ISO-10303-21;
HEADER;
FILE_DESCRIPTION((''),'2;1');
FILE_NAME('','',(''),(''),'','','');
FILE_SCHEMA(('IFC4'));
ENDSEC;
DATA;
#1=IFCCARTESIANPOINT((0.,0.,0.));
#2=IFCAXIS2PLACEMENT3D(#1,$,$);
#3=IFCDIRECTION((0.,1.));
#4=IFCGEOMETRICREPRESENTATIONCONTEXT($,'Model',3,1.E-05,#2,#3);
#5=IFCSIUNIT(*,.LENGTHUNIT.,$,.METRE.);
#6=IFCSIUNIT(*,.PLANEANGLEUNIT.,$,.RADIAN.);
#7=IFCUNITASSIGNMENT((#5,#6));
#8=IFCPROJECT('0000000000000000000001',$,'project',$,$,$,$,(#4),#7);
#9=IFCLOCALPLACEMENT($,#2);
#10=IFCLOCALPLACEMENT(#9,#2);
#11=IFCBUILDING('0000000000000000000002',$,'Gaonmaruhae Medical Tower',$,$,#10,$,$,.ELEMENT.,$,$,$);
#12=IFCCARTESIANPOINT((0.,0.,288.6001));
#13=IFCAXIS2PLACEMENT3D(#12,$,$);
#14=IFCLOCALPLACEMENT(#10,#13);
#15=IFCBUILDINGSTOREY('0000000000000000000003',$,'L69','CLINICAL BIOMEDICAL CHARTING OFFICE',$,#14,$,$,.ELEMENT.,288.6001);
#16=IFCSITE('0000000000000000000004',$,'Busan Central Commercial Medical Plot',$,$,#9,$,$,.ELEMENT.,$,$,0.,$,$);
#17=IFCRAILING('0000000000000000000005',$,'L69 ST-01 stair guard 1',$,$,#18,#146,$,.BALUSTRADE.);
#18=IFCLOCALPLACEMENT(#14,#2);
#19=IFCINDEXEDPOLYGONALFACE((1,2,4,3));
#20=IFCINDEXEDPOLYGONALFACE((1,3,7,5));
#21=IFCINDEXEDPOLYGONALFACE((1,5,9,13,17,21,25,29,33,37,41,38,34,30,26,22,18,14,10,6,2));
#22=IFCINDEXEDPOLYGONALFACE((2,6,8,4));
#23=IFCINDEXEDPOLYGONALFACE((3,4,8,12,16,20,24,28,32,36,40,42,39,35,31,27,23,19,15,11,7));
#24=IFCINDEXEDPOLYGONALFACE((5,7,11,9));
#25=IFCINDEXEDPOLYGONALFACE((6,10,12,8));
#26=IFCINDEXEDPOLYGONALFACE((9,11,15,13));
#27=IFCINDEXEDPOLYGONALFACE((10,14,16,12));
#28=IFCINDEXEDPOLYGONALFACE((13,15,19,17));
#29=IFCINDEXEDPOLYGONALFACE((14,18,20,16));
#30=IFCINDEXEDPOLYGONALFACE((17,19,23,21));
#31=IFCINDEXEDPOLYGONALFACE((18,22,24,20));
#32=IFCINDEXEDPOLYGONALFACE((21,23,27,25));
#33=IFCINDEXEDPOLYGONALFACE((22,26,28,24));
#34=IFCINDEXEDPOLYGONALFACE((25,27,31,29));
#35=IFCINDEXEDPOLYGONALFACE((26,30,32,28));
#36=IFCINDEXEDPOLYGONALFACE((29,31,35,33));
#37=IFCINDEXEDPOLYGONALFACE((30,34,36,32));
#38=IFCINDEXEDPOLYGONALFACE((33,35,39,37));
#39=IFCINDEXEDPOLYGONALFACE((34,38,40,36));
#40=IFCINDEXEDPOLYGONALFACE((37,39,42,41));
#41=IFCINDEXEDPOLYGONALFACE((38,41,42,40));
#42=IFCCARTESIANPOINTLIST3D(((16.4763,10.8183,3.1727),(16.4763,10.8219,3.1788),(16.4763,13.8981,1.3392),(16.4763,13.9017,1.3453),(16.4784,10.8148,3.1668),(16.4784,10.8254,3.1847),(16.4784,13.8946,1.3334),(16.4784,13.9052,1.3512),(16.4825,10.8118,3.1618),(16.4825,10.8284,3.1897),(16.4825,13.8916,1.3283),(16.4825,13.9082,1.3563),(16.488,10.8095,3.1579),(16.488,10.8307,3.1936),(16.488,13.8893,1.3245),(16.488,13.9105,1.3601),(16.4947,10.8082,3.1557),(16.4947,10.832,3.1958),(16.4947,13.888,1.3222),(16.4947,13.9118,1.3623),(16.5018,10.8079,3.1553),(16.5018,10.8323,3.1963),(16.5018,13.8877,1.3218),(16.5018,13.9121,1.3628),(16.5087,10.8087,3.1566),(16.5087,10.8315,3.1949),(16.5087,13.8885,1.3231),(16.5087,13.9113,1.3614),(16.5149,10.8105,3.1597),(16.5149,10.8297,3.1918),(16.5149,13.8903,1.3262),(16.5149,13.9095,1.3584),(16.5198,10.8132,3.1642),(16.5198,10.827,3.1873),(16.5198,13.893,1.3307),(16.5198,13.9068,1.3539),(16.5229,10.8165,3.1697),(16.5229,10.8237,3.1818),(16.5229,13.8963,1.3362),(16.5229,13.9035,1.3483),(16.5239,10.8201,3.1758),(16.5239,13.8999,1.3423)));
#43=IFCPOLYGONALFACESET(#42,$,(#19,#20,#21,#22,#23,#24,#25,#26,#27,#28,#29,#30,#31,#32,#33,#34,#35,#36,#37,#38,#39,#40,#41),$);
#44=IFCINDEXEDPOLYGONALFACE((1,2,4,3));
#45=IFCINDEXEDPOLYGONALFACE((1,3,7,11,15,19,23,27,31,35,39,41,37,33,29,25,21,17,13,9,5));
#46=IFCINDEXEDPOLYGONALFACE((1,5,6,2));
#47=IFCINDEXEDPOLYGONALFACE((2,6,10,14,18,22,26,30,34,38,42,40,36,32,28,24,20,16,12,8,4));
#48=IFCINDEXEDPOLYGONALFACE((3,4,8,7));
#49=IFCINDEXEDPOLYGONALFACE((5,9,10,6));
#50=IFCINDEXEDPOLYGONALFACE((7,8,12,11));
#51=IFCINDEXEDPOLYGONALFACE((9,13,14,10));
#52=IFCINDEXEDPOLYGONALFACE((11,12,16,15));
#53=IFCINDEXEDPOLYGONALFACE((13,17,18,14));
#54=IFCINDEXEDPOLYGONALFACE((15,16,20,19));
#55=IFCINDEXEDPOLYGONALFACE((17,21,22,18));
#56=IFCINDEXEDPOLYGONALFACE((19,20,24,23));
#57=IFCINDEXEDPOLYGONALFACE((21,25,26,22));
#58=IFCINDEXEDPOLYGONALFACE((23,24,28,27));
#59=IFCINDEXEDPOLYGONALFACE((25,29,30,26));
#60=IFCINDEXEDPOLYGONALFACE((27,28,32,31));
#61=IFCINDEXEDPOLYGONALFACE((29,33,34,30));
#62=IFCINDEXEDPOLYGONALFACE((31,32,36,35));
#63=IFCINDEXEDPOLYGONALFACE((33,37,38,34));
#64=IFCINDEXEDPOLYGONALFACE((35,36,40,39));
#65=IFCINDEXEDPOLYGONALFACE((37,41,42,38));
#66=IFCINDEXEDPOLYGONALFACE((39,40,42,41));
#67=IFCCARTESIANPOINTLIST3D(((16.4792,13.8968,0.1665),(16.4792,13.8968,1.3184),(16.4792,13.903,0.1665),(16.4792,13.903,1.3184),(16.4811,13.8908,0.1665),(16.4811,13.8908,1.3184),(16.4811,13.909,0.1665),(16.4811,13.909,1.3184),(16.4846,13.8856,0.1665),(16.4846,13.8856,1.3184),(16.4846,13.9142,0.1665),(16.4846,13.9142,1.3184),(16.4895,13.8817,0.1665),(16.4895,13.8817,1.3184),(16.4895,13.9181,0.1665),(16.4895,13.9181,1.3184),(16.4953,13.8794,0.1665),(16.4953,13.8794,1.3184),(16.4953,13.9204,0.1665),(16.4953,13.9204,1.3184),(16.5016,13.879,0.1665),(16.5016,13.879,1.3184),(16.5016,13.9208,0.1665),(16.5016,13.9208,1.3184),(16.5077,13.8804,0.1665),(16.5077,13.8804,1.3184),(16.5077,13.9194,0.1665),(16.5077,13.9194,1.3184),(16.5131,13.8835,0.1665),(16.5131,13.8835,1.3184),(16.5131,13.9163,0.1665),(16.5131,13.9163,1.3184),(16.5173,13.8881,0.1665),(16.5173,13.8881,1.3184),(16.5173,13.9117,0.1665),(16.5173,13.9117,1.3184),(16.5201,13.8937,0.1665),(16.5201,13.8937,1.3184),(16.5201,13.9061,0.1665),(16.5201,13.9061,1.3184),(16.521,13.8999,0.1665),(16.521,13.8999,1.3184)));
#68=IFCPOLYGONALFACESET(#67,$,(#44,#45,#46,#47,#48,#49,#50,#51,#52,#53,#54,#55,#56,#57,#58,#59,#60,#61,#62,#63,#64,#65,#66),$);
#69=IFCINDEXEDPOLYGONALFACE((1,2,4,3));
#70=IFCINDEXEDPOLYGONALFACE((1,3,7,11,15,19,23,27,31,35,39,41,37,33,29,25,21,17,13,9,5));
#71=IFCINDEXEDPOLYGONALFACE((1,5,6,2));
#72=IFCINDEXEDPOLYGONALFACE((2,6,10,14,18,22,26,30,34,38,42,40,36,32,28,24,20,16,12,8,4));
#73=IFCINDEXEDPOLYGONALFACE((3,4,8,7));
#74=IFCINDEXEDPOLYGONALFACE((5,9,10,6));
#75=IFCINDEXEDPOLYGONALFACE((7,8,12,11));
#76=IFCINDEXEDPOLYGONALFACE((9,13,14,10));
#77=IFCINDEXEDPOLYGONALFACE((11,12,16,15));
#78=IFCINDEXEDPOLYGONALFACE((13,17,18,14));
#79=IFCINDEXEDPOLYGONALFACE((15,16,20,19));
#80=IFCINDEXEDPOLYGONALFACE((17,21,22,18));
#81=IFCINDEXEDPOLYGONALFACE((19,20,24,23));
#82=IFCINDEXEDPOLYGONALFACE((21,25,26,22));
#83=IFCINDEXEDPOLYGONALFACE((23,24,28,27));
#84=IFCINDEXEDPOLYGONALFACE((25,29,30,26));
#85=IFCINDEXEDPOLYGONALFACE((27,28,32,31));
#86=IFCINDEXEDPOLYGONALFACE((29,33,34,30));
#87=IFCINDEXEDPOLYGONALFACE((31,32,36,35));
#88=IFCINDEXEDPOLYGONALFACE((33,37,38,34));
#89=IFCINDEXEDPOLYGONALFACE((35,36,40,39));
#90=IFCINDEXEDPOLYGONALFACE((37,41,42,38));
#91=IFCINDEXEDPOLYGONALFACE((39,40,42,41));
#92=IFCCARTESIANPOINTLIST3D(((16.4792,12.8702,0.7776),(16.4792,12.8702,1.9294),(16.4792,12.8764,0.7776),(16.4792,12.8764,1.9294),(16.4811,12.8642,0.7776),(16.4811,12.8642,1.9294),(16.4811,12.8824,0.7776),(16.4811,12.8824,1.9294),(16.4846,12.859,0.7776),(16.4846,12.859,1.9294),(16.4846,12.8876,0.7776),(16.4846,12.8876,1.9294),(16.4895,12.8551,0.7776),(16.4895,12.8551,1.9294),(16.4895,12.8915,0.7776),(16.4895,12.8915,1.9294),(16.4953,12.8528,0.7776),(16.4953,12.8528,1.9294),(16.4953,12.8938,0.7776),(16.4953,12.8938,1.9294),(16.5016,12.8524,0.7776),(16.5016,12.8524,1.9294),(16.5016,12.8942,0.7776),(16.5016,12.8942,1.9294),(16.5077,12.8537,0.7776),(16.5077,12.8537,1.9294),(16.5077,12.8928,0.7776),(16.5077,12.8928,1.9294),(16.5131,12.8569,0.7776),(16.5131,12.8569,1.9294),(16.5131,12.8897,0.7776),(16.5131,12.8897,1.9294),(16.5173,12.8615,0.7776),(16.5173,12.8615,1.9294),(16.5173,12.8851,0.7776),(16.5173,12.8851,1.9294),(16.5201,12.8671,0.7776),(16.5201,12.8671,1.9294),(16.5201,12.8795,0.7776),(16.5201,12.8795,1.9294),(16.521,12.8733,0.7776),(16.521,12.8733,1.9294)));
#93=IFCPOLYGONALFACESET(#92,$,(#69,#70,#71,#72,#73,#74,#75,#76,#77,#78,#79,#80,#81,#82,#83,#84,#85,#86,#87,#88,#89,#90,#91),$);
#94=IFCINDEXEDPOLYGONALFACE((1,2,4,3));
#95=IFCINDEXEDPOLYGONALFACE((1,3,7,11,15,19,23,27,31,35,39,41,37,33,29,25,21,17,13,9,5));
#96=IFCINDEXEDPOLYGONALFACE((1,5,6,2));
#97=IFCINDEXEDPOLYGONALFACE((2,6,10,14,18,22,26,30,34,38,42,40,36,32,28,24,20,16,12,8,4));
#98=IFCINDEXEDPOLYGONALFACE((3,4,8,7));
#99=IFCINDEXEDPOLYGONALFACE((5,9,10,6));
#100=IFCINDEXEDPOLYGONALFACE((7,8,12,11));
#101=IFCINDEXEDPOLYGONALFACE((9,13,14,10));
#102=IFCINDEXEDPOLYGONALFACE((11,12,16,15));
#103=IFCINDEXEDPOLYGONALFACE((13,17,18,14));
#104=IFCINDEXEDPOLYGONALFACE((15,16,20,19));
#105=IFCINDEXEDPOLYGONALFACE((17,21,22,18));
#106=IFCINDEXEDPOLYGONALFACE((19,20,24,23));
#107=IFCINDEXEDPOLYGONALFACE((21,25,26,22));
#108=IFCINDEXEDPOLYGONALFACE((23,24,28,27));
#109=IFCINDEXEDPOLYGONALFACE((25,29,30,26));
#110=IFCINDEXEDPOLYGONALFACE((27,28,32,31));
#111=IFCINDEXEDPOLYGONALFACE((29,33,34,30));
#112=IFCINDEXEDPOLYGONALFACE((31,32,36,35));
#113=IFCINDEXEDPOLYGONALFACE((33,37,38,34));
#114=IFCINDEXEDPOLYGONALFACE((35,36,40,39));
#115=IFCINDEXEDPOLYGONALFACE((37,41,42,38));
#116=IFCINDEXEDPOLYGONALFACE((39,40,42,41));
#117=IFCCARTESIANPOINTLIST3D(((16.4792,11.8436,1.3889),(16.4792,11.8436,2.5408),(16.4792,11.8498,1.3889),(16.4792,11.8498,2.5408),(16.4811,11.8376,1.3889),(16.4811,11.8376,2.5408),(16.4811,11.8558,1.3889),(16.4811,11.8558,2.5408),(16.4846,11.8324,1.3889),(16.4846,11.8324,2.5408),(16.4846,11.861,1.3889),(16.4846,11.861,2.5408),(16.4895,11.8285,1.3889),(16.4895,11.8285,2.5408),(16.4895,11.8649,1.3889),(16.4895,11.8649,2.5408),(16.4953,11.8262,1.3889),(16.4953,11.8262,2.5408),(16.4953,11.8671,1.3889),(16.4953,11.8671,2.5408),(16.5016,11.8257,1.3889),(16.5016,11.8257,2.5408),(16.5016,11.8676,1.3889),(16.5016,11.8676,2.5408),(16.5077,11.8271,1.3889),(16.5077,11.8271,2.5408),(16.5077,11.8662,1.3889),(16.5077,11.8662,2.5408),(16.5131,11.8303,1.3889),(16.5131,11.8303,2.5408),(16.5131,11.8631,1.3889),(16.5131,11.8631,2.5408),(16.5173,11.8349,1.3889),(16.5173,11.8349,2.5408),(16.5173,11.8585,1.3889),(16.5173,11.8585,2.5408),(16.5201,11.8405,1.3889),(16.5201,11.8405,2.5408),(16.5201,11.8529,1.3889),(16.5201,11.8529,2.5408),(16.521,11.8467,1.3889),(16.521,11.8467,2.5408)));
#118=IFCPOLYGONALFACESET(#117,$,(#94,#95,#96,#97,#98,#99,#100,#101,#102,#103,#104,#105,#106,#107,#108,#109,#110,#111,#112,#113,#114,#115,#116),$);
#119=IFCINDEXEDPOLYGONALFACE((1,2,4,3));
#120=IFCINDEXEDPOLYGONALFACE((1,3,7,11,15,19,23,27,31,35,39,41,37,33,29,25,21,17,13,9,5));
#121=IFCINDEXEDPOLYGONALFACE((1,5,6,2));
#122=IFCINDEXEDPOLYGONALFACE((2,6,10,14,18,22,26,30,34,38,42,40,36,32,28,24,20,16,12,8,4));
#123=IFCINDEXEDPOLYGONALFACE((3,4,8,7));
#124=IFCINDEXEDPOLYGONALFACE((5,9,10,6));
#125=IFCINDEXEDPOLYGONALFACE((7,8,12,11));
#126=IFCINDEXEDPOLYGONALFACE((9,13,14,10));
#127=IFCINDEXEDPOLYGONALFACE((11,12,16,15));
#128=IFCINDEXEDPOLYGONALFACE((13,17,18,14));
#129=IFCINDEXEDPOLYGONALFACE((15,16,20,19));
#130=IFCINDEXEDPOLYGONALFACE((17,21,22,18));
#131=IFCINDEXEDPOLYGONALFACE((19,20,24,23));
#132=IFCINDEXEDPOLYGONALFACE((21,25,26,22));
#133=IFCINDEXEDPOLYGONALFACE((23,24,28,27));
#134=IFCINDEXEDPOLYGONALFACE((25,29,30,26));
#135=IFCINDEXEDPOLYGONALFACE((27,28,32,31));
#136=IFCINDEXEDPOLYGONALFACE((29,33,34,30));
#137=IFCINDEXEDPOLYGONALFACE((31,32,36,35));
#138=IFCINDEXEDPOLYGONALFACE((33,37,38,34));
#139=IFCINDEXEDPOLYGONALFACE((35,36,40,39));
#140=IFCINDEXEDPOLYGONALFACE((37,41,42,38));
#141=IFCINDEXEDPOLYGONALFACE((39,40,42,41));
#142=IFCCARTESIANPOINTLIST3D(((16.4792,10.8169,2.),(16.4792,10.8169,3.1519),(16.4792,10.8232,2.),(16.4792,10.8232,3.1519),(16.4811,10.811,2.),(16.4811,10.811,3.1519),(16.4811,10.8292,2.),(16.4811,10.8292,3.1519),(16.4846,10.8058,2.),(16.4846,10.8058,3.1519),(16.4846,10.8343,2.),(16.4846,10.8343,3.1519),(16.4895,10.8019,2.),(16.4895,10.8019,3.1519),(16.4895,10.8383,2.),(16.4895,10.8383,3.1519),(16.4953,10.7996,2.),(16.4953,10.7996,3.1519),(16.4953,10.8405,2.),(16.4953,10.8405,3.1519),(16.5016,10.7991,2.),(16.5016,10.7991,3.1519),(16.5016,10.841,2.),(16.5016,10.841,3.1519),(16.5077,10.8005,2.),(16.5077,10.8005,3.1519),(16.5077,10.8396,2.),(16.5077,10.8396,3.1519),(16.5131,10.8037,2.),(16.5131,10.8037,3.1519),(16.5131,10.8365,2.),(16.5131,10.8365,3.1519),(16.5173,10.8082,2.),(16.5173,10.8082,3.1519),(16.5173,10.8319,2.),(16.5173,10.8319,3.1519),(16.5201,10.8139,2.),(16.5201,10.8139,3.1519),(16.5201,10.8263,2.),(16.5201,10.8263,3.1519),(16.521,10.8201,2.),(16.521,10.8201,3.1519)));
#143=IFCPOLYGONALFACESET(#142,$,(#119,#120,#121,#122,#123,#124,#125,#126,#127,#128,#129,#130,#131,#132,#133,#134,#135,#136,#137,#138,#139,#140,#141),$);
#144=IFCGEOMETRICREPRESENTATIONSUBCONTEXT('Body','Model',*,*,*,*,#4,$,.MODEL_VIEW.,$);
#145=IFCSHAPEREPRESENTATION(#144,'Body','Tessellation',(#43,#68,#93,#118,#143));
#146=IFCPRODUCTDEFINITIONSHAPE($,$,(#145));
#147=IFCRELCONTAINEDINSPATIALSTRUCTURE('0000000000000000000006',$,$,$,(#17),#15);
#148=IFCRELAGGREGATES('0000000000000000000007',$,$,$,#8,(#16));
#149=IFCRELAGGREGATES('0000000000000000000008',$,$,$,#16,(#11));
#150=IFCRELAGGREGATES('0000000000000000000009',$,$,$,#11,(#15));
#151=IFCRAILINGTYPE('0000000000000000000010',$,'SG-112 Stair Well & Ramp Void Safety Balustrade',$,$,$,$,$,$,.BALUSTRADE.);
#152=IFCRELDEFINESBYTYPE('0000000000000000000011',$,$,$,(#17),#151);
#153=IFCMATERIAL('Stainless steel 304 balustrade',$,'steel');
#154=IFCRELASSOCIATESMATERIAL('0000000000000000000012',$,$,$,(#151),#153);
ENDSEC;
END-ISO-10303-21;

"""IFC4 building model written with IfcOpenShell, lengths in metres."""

from ifc_helpers import new_model, si_unit, direction, frame, origin, origin_2d, place, context, subcontext, project, spatial, circle, extrude, material, type_object, element, save


model = new_model("IFC4")

# Units and contexts
model_context = context("Model", 3, precision=1e-05, world=origin(), true_north=direction((0.0, 1.0)))
body_context = subcontext(model_context, "Body", "Model", "MODEL_VIEW")
ifc_project = project(units=[si_unit("LENGTHUNIT", "METRE"), si_unit("PLANEANGLEUNIT", "RADIAN")], contexts=[model_context])

# Site, building, storey
site_placement = place(None, origin())
site = spatial("IfcSite", under=ifc_project, at=site_placement, Name="Busan Central Commercial Medical Plot", CompositionType="ELEMENT", RefElevation=0.0)
building_placement = place(site_placement, origin())
building = spatial("IfcBuilding", under=site, at=building_placement, Name="Gaonmaruhae Medical Tower", CompositionType="ELEMENT")
storey_placement = place(building_placement, frame((0.0, 0.0, 288.6001)))
storey = spatial("IfcBuildingStorey", under=building, at=storey_placement, Name="L69", Description="CLINICAL BIOMEDICAL CHARTING OFFICE", CompositionType="ELEMENT", Elevation=288.6001)

# Railing
ifc_material_1 = material(Name="Stainless steel 304 balustrade", Category="steel")
railing_type_1 = type_object("IfcRailingType", Name="SG-112 Stair Well & Ramp Void Safety Balustrade", PredefinedType="BALUSTRADE", material=ifc_material_1)
railing_1_placement = place(storey_placement, frame((16.5, 13.8999, 0.1665)))
element("IfcRailing", 1, at=railing_1_placement, inside=storey, type_object=railing_type_1, Name="L69 ST-01 stair guard 1", PredefinedType="BALUSTRADE", context=body_context, shape_type="SweptSolid", body=[
    extrude(circle(Radius=0.0239, at=origin_2d()), frame((0.0, 0.0, 1.1758), z_axis=(0.0, -0.859261, 0.511538), x_axis=(1.0, 0.0, 0.0)), (0.0, 0.0, 1.0), 3.5842),
    extrude(circle(Radius=0.021, at=origin_2d()), origin(), (0.0, 0.0, 1.0), 1.1519),
    extrude(circle(Radius=0.021, at=origin_2d()), frame((0.0, -1.0266, 0.6111)), (0.0, 0.0, 1.0), 1.1519),
    extrude(circle(Radius=0.021, at=origin_2d()), frame((0.0, -2.0532, 1.2224)), (0.0, 0.0, 1.0), 1.1519),
    extrude(circle(Radius=0.021, at=origin_2d()), frame((0.0, -3.0798, 1.8335)), (0.0, 0.0, 1.0), 1.1519),
])

save(model, "model.ifc")
